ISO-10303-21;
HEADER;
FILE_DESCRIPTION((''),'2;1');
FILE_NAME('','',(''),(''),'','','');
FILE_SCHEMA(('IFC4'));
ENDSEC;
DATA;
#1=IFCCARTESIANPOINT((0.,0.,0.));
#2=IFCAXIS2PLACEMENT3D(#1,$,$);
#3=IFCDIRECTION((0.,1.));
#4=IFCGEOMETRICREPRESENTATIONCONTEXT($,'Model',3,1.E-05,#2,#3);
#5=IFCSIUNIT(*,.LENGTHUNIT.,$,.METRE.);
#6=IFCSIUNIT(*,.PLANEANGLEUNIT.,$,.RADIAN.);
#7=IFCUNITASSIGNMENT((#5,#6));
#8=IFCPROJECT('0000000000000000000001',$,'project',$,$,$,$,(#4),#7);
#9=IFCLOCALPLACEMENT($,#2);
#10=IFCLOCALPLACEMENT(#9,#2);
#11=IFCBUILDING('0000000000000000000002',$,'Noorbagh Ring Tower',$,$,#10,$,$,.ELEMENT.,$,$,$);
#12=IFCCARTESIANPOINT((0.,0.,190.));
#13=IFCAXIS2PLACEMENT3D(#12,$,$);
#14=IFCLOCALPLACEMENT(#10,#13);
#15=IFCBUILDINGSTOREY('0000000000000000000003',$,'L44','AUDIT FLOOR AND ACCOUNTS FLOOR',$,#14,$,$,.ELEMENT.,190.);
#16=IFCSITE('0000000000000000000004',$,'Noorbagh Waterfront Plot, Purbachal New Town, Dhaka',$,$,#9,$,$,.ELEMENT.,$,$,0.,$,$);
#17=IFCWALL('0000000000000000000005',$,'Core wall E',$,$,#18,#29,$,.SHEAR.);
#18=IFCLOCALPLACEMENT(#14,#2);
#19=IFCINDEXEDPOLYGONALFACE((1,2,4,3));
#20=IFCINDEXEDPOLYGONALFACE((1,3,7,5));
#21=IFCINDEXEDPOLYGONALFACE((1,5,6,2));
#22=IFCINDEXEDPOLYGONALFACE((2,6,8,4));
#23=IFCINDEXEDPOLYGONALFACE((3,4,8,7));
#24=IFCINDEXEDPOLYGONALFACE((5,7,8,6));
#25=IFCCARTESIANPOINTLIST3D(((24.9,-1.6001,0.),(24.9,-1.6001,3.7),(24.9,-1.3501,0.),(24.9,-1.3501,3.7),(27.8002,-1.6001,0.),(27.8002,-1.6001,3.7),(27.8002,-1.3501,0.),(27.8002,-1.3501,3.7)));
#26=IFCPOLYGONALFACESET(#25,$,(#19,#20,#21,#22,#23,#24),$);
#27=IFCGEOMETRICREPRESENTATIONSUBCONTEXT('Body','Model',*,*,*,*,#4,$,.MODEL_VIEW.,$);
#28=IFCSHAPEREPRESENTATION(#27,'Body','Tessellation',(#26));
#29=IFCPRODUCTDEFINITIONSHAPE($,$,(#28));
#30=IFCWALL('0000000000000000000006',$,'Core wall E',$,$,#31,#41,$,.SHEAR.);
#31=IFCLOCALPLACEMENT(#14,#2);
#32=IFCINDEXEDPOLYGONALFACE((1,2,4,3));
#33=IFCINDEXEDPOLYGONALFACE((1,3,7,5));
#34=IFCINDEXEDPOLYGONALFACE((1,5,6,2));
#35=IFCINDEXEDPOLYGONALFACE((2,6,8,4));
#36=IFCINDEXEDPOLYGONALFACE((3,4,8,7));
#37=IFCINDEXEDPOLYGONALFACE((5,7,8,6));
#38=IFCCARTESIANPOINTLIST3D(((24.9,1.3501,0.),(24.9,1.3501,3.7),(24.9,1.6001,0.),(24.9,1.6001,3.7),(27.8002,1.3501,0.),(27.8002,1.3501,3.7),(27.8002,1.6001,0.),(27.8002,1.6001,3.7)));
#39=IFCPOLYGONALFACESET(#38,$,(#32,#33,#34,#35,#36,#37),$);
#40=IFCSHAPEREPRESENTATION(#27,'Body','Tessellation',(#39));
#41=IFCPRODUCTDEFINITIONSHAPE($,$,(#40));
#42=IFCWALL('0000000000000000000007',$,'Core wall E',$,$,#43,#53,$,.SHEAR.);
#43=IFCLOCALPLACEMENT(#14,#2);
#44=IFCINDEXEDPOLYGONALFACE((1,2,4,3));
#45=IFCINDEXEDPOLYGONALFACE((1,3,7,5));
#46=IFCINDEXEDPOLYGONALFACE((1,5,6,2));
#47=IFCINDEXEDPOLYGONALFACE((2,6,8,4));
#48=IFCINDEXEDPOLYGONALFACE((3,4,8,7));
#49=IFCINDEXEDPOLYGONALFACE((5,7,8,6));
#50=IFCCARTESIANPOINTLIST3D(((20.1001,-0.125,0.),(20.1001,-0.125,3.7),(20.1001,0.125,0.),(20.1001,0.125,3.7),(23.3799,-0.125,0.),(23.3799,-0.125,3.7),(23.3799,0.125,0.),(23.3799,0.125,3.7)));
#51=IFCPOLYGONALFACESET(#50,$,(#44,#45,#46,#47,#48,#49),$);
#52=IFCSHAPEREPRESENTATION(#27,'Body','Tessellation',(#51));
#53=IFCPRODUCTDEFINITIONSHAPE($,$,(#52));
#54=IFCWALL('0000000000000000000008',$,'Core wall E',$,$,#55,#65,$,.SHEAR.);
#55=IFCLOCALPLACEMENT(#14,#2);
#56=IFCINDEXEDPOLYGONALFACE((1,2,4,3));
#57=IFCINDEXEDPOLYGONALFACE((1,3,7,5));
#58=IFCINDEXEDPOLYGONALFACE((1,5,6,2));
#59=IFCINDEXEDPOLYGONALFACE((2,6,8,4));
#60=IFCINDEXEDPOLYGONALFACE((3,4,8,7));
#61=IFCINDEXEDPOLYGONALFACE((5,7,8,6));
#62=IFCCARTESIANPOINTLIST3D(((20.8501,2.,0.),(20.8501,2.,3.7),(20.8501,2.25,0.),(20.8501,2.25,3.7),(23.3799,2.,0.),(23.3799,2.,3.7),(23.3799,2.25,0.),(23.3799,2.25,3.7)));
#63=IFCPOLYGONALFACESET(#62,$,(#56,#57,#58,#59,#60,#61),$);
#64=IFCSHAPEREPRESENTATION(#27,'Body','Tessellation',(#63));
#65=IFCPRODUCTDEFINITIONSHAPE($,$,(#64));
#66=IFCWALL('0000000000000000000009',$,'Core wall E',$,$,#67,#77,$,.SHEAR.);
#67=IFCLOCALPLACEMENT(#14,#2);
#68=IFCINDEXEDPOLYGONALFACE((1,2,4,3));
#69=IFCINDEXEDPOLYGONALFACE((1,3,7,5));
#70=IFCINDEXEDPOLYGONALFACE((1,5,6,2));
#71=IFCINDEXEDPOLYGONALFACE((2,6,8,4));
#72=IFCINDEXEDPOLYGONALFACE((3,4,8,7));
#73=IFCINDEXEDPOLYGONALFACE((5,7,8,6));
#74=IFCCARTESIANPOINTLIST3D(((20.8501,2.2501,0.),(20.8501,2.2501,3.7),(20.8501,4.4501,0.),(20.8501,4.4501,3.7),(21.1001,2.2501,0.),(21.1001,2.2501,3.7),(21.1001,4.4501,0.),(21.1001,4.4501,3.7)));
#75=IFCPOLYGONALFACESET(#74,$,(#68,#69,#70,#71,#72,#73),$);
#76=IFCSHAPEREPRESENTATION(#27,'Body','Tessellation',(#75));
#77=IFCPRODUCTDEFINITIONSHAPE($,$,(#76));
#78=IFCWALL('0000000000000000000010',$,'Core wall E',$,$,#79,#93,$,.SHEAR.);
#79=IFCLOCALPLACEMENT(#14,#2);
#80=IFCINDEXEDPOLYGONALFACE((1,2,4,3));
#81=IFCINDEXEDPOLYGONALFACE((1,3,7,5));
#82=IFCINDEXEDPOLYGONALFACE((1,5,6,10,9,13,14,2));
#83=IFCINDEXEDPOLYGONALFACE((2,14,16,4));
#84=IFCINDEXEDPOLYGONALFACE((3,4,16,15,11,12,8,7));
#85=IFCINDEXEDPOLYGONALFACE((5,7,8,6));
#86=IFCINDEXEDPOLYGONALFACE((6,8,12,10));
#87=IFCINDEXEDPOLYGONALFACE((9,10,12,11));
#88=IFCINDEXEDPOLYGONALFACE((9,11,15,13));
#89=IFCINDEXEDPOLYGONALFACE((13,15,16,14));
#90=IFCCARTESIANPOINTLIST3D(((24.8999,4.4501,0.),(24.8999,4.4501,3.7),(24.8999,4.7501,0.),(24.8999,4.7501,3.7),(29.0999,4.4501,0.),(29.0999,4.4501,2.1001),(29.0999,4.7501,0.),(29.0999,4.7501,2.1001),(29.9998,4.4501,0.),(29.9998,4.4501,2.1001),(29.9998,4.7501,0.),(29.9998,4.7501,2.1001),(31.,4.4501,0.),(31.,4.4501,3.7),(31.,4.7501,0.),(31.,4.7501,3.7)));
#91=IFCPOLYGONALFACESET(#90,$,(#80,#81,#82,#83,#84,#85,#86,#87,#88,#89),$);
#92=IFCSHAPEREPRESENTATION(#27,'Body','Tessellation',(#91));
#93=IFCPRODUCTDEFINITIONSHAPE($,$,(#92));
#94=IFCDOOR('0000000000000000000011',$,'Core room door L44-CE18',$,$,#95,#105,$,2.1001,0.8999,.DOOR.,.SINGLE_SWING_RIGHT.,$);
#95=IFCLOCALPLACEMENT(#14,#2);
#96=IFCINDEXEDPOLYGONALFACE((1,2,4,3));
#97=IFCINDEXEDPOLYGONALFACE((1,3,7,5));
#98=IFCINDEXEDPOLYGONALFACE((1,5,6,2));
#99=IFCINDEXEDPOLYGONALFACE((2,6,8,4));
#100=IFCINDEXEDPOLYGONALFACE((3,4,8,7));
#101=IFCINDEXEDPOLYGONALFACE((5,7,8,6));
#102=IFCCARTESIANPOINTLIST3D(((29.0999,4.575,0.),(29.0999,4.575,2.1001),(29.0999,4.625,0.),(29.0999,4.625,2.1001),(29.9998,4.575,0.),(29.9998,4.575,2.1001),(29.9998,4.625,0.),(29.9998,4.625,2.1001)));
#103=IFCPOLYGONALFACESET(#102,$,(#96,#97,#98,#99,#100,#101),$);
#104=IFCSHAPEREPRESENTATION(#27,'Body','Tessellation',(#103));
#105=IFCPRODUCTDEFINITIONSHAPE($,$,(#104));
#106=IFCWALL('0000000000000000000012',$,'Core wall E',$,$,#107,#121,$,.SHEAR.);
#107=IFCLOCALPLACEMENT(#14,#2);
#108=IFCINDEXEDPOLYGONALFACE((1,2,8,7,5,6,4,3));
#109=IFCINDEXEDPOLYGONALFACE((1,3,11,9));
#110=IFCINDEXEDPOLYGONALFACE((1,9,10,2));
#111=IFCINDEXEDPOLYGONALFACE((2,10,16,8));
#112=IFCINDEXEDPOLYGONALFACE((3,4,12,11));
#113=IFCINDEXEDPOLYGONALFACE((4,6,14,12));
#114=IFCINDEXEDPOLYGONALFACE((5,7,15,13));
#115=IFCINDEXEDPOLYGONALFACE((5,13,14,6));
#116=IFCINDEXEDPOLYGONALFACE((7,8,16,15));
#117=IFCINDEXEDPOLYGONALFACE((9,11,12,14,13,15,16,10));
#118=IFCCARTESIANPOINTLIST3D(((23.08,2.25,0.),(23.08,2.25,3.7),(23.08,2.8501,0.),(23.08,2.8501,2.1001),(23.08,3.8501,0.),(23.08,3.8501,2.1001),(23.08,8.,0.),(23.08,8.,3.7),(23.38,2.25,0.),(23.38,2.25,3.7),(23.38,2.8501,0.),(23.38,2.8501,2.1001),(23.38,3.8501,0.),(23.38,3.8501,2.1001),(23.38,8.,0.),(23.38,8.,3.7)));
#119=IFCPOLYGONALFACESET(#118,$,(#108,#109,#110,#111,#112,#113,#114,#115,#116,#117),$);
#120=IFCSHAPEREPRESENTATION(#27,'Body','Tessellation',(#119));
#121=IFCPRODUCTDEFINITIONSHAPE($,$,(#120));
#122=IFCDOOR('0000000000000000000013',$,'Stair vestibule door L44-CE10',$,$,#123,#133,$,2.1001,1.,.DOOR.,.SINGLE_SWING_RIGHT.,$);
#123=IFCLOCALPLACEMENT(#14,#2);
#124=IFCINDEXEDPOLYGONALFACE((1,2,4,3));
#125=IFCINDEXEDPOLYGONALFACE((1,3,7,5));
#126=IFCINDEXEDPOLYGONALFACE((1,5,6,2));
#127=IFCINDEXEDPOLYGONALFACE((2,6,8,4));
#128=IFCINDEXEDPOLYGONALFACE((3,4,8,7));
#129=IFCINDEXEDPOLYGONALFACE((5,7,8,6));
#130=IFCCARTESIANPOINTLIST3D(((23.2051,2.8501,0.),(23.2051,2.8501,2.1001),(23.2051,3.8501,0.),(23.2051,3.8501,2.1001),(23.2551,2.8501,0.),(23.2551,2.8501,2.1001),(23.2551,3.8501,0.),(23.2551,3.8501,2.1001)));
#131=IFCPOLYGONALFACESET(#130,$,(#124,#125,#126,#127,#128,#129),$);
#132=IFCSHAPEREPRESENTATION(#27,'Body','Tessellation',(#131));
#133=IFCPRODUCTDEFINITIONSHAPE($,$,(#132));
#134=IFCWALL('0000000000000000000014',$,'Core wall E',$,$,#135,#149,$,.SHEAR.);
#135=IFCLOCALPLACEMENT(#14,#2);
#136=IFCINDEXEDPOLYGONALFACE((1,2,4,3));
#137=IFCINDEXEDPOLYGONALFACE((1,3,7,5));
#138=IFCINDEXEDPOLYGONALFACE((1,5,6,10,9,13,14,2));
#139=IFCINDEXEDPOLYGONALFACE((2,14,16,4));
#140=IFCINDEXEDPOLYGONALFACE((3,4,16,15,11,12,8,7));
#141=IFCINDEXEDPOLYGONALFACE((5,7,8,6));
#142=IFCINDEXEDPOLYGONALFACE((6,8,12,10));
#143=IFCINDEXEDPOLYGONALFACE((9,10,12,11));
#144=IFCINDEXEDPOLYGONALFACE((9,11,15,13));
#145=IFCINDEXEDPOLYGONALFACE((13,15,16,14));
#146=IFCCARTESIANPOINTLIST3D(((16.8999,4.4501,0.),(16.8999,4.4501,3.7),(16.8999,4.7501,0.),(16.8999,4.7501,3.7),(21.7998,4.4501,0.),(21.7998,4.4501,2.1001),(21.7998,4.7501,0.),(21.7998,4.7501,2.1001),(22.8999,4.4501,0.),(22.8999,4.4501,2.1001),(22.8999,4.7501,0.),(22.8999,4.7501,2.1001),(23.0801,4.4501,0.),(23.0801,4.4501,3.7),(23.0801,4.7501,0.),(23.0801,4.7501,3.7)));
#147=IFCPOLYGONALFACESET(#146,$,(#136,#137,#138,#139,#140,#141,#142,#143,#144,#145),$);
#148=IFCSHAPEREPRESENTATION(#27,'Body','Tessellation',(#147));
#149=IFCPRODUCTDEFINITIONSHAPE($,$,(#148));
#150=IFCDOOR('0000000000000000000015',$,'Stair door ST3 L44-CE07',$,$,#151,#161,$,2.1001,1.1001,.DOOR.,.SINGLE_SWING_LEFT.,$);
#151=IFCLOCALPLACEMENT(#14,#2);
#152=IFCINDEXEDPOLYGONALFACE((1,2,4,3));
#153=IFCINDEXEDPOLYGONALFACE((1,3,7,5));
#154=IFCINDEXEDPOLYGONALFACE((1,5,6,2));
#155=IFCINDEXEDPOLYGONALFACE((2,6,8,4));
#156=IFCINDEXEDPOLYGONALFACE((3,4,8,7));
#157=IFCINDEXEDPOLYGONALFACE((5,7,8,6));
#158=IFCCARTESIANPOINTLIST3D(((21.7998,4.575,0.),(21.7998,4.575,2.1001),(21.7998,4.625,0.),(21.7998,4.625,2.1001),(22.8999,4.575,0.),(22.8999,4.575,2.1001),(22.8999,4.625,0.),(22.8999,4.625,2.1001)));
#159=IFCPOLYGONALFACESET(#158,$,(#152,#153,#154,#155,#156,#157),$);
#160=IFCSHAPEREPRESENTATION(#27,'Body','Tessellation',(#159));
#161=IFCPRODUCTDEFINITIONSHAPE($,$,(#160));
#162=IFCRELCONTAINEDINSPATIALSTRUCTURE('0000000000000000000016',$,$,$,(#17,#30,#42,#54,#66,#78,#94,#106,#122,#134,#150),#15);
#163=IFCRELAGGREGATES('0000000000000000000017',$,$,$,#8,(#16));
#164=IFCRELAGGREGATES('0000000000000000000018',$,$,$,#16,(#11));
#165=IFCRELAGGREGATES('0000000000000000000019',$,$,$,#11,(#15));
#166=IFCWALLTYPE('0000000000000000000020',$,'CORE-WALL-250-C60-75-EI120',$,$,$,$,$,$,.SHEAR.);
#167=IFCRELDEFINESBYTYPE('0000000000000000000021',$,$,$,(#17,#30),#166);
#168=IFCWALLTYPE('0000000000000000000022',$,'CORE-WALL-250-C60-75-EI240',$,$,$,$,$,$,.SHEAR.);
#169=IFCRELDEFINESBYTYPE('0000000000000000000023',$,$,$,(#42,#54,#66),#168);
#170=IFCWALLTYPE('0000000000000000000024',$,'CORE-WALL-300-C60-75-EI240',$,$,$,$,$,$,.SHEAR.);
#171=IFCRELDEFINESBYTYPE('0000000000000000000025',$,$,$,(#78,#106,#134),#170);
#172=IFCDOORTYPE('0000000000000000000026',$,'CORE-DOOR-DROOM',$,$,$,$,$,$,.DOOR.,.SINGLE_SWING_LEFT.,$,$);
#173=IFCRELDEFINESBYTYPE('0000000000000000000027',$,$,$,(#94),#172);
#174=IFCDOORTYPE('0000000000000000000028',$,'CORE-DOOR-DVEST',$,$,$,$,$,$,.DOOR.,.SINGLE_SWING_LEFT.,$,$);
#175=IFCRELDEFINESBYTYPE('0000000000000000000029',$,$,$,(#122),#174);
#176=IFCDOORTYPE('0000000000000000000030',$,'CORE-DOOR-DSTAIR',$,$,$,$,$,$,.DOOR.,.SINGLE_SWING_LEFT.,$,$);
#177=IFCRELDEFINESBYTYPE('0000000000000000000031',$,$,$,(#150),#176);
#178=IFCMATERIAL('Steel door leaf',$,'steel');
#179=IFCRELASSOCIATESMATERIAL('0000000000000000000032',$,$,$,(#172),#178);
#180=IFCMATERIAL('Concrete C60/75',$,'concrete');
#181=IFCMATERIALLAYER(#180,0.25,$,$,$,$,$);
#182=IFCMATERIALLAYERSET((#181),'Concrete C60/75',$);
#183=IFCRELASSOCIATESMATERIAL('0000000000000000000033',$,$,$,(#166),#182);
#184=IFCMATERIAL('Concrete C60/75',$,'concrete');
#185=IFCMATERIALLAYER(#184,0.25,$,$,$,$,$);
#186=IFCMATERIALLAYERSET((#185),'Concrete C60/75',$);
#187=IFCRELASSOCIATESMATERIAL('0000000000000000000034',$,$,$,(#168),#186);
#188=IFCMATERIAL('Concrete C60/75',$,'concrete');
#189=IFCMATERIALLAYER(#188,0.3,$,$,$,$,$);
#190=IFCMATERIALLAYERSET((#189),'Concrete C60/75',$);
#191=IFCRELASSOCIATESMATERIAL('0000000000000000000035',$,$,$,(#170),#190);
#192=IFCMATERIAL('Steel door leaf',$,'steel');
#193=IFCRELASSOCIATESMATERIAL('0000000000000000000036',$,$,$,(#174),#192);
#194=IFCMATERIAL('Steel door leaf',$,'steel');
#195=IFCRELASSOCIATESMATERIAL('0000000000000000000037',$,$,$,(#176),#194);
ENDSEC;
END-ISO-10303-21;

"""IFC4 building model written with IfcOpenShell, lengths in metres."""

from ifc_helpers import new_model, si_unit, direction, frame, frame_2d, origin, place, context, subcontext, project, spatial, rectangle, extrude, material, layer, layer_set, type_object, element, fill, save


model = new_model("IFC4")

# Units and contexts
model_context = context("Model", 3, precision=1e-05, world=origin(), true_north=direction((0.0, 1.0)))
body_context = subcontext(model_context, "Body", "Model", "MODEL_VIEW")
ifc_project = project(units=[si_unit("LENGTHUNIT", "METRE"), si_unit("PLANEANGLEUNIT", "RADIAN")], contexts=[model_context])

# Site, building, storey
site_placement = place(None, origin())
site = spatial("IfcSite", under=ifc_project, at=site_placement, Name="Noorbagh Waterfront Plot, Purbachal New Town, Dhaka", CompositionType="ELEMENT", RefElevation=0.0)
building_placement = place(site_placement, origin())
building = spatial("IfcBuilding", under=site, at=building_placement, Name="Noorbagh Ring Tower", CompositionType="ELEMENT")
storey_placement = place(building_placement, frame((0.0, 0.0, 190.0)))
storey = spatial("IfcBuildingStorey", under=building, at=storey_placement, Name="L44", Description="AUDIT FLOOR AND ACCOUNTS FLOOR", CompositionType="ELEMENT", Elevation=190.0)

# Shared definitions
ifc_material_1 = material(Name="Steel door leaf", Category="steel")
door_type_1 = type_object("IfcDoorType", Name="CORE-DOOR-DROOM", OperationType="SINGLE_SWING_LEFT", PredefinedType="DOOR", material=ifc_material_1)

# Walls
ifc_material_2 = material(Name="Concrete C60/75", Category="concrete")
ifc_layer_1 = layer(ifc_material_2, 0.25)
ifc_layer_set_1 = layer_set([ifc_layer_1], Name="Concrete C60/75")
wall_type_1 = type_object("IfcWallType", Name="CORE-WALL-250-C60-75-EI120", PredefinedType="SHEAR", material=ifc_layer_set_1)
for number, where, z_axis, x_axis, name in (
    (1, (24.8999, -1.4751, 0.0), (0.0, 0.0, 1.0), (1.0, 0.0, 0.0), "Core wall E"),
    (2, (24.8999, 1.4751, 0.0), (0.0, 0.0, 1.0), (1.0, 0.0, 0.0), "Core wall E"),
):
    element("IfcWall", number, at=place(storey_placement, frame(where, z_axis=z_axis, x_axis=x_axis)), inside=storey, type_object=wall_type_1, Name=name, PredefinedType="SHEAR", context=body_context, shape_type="SweptSolid", body=[
        extrude(rectangle(XDim=2.9001, YDim=0.25, at=frame_2d((1.4502, 0.0))), origin(), (0.0, 0.0, 1.0), 3.7),
    ])
ifc_material_3 = material(Name="Concrete C60/75", Category="concrete")
ifc_layer_2 = layer(ifc_material_3, 0.25)
ifc_layer_set_2 = layer_set([ifc_layer_2], Name="Concrete C60/75")
wall_type_2 = type_object("IfcWallType", Name="CORE-WALL-250-C60-75-EI240", PredefinedType="SHEAR", material=ifc_layer_set_2)
wall_1_placement = place(storey_placement, frame((20.1001, 0.0, 0.0), z_axis=(0.0, 0.0, 1.0), x_axis=(1.0, 0.0, 0.0)))
element("IfcWall", 3, at=wall_1_placement, inside=storey, type_object=wall_type_2, Name="Core wall E", PredefinedType="SHEAR", context=body_context, shape_type="SweptSolid", body=[
    extrude(rectangle(XDim=3.2798, YDim=0.25, at=frame_2d((1.6399, 0.0))), origin(), (0.0, 0.0, 1.0), 3.7),
])
wall_2_placement = place(storey_placement, frame((20.8501, 2.125, 0.0), z_axis=(0.0, 0.0, 1.0), x_axis=(1.0, 0.0, 0.0)))
element("IfcWall", 4, at=wall_2_placement, inside=storey, type_object=wall_type_2, Name="Core wall E", PredefinedType="SHEAR", context=body_context, shape_type="SweptSolid", body=[
    extrude(rectangle(XDim=2.5298, YDim=0.25, at=frame_2d((1.2649, 0.0))), origin(), (0.0, 0.0, 1.0), 3.7),
])
wall_3_placement = place(storey_placement, frame((20.9751, 2.25, 0.0), z_axis=(0.0, 0.0, 1.0), x_axis=(0.0, 1.0, 0.0)))
element("IfcWall", 5, at=wall_3_placement, inside=storey, type_object=wall_type_2, Name="Core wall E", PredefinedType="SHEAR", context=body_context, shape_type="SweptSolid", body=[
    extrude(rectangle(XDim=2.2, YDim=0.25, at=frame_2d((1.1001, 0.0))), origin(), (0.0, 0.0, 1.0), 3.7),
])

# Walls, openings, doors
ifc_material_4 = material(Name="Concrete C60/75", Category="concrete")
ifc_layer_3 = layer(ifc_material_4, 0.3)
ifc_layer_set_3 = layer_set([ifc_layer_3], Name="Concrete C60/75")
wall_type_3 = type_object("IfcWallType", Name="CORE-WALL-300-C60-75-EI240", PredefinedType="SHEAR", material=ifc_layer_set_3)
wall_4_placement = place(storey_placement, frame((24.8999, 4.6001, 0.0), z_axis=(0.0, 0.0, 1.0), x_axis=(1.0, 0.0, 0.0)))
wall_4 = element("IfcWall", 6, at=wall_4_placement, inside=storey, type_object=wall_type_3, Name="Core wall E", PredefinedType="SHEAR", context=body_context, shape_type="SweptSolid", body=[
    extrude(rectangle(XDim=6.1001, YDim=0.3, at=frame_2d((3.05, 0.0))), origin(), (0.0, 0.0, 1.0), 3.7),
])
opening_1_placement = place(wall_4_placement, frame((4.2, 0.0, 0.0)))
opening_1 = element("IfcOpeningElement", 7, at=opening_1_placement, cuts=wall_4, PredefinedType="OPENING", context=body_context, shape_type="SweptSolid", body=[
    extrude(rectangle(XDim=0.8999, YDim=2.1001, at=frame_2d((0.45, 1.05))), frame((0.0, 0.1602, 0.0), z_axis=(0.0, -1.0, 0.0), x_axis=(1.0, 0.0, 0.0)), (0.0, 0.0, 1.0), 0.3201),
])
door_1_placement = place(opening_1_placement, origin())
door_1 = element("IfcDoor", 8, at=door_1_placement, inside=storey, type_object=door_type_1, Name="Core room door L44-CE18", OperationType="SINGLE_SWING_RIGHT", OverallHeight=2.1001, OverallWidth=0.8999, PredefinedType="DOOR", context=body_context, shape_type="SweptSolid", body=[
    extrude(rectangle(XDim=0.8999, YDim=2.1001, at=frame_2d((0.45, 1.05))), frame((0.0, 0.0249, 0.0), z_axis=(0.0, -1.0, 0.0), x_axis=(1.0, 0.0, 0.0)), (0.0, 0.0, 1.0), 0.05),
])
fill(opening_1, door_1)
wall_5_placement = place(storey_placement, frame((23.23, 2.25, 0.0), z_axis=(0.0, 0.0, 1.0), x_axis=(0.0, 1.0, 0.0)))
wall_5 = element("IfcWall", 9, at=wall_5_placement, inside=storey, type_object=wall_type_3, Name="Core wall E", PredefinedType="SHEAR", context=body_context, shape_type="SweptSolid", body=[
    extrude(rectangle(XDim=5.75, YDim=0.3, at=frame_2d((2.875, 0.0))), origin(), (0.0, 0.0, 1.0), 3.7),
])
opening_2_placement = place(wall_5_placement, frame((0.6001, 0.0, 0.0)))
opening_2 = element("IfcOpeningElement", 10, at=opening_2_placement, cuts=wall_5, PredefinedType="OPENING", context=body_context, shape_type="SweptSolid", body=[
    extrude(rectangle(XDim=1.0, YDim=2.1001, at=frame_2d((0.5, 1.05))), frame((0.0, 0.1602, 0.0), z_axis=(0.0, -1.0, 0.0), x_axis=(1.0, 0.0, 0.0)), (0.0, 0.0, 1.0), 0.3201),
])
ifc_material_5 = material(Name="Steel door leaf", Category="steel")
door_type_2 = type_object("IfcDoorType", Name="CORE-DOOR-DVEST", OperationType="SINGLE_SWING_LEFT", PredefinedType="DOOR", material=ifc_material_5)
door_2_placement = place(opening_2_placement, origin())
door_2 = element("IfcDoor", 11, at=door_2_placement, inside=storey, type_object=door_type_2, Name="Stair vestibule door L44-CE10", OperationType="SINGLE_SWING_RIGHT", OverallHeight=2.1001, OverallWidth=1.0, PredefinedType="DOOR", context=body_context, shape_type="SweptSolid", body=[
    extrude(rectangle(XDim=1.0, YDim=2.1001, at=frame_2d((0.5, 1.05))), frame((0.0, 0.0249, 0.0), z_axis=(0.0, -1.0, 0.0), x_axis=(1.0, 0.0, 0.0)), (0.0, 0.0, 1.0), 0.05),
])
fill(opening_2, door_2)
wall_6_placement = place(storey_placement, frame((16.8999, 4.6001, 0.0), z_axis=(0.0, 0.0, 1.0), x_axis=(1.0, 0.0, 0.0)))
wall_6 = element("IfcWall", 12, at=wall_6_placement, inside=storey, type_object=wall_type_3, Name="Core wall E", PredefinedType="SHEAR", context=body_context, shape_type="SweptSolid", body=[
    extrude(rectangle(XDim=6.1802, YDim=0.3, at=frame_2d((3.0901, 0.0))), origin(), (0.0, 0.0, 1.0), 3.7),
])
opening_3_placement = place(wall_6_placement, frame((4.8999, 0.0, 0.0)))
opening_3 = element("IfcOpeningElement", 13, at=opening_3_placement, cuts=wall_6, PredefinedType="OPENING", context=body_context, shape_type="SweptSolid", body=[
    extrude(rectangle(XDim=1.1001, YDim=2.1001, at=frame_2d((0.55, 1.05))), frame((0.0, 0.1602, 0.0), z_axis=(0.0, -1.0, 0.0), x_axis=(1.0, 0.0, 0.0)), (0.0, 0.0, 1.0), 0.3201),
])
ifc_material_6 = material(Name="Steel door leaf", Category="steel")
door_type_3 = type_object("IfcDoorType", Name="CORE-DOOR-DSTAIR", OperationType="SINGLE_SWING_LEFT", PredefinedType="DOOR", material=ifc_material_6)
door_3_placement = place(opening_3_placement, origin())
door_3 = element("IfcDoor", 14, at=door_3_placement, inside=storey, type_object=door_type_3, Name="Stair door ST3 L44-CE07", OperationType="SINGLE_SWING_LEFT", OverallHeight=2.1001, OverallWidth=1.1001, PredefinedType="DOOR", context=body_context, shape_type="SweptSolid", body=[
    extrude(rectangle(XDim=1.1001, YDim=2.1001, at=frame_2d((0.55, 1.05))), frame((0.0, 0.0249, 0.0), z_axis=(0.0, -1.0, 0.0), x_axis=(1.0, 0.0, 0.0)), (0.0, 0.0, 1.0), 0.05),
])
fill(opening_3, door_3)

save(model, "model.ifc")
